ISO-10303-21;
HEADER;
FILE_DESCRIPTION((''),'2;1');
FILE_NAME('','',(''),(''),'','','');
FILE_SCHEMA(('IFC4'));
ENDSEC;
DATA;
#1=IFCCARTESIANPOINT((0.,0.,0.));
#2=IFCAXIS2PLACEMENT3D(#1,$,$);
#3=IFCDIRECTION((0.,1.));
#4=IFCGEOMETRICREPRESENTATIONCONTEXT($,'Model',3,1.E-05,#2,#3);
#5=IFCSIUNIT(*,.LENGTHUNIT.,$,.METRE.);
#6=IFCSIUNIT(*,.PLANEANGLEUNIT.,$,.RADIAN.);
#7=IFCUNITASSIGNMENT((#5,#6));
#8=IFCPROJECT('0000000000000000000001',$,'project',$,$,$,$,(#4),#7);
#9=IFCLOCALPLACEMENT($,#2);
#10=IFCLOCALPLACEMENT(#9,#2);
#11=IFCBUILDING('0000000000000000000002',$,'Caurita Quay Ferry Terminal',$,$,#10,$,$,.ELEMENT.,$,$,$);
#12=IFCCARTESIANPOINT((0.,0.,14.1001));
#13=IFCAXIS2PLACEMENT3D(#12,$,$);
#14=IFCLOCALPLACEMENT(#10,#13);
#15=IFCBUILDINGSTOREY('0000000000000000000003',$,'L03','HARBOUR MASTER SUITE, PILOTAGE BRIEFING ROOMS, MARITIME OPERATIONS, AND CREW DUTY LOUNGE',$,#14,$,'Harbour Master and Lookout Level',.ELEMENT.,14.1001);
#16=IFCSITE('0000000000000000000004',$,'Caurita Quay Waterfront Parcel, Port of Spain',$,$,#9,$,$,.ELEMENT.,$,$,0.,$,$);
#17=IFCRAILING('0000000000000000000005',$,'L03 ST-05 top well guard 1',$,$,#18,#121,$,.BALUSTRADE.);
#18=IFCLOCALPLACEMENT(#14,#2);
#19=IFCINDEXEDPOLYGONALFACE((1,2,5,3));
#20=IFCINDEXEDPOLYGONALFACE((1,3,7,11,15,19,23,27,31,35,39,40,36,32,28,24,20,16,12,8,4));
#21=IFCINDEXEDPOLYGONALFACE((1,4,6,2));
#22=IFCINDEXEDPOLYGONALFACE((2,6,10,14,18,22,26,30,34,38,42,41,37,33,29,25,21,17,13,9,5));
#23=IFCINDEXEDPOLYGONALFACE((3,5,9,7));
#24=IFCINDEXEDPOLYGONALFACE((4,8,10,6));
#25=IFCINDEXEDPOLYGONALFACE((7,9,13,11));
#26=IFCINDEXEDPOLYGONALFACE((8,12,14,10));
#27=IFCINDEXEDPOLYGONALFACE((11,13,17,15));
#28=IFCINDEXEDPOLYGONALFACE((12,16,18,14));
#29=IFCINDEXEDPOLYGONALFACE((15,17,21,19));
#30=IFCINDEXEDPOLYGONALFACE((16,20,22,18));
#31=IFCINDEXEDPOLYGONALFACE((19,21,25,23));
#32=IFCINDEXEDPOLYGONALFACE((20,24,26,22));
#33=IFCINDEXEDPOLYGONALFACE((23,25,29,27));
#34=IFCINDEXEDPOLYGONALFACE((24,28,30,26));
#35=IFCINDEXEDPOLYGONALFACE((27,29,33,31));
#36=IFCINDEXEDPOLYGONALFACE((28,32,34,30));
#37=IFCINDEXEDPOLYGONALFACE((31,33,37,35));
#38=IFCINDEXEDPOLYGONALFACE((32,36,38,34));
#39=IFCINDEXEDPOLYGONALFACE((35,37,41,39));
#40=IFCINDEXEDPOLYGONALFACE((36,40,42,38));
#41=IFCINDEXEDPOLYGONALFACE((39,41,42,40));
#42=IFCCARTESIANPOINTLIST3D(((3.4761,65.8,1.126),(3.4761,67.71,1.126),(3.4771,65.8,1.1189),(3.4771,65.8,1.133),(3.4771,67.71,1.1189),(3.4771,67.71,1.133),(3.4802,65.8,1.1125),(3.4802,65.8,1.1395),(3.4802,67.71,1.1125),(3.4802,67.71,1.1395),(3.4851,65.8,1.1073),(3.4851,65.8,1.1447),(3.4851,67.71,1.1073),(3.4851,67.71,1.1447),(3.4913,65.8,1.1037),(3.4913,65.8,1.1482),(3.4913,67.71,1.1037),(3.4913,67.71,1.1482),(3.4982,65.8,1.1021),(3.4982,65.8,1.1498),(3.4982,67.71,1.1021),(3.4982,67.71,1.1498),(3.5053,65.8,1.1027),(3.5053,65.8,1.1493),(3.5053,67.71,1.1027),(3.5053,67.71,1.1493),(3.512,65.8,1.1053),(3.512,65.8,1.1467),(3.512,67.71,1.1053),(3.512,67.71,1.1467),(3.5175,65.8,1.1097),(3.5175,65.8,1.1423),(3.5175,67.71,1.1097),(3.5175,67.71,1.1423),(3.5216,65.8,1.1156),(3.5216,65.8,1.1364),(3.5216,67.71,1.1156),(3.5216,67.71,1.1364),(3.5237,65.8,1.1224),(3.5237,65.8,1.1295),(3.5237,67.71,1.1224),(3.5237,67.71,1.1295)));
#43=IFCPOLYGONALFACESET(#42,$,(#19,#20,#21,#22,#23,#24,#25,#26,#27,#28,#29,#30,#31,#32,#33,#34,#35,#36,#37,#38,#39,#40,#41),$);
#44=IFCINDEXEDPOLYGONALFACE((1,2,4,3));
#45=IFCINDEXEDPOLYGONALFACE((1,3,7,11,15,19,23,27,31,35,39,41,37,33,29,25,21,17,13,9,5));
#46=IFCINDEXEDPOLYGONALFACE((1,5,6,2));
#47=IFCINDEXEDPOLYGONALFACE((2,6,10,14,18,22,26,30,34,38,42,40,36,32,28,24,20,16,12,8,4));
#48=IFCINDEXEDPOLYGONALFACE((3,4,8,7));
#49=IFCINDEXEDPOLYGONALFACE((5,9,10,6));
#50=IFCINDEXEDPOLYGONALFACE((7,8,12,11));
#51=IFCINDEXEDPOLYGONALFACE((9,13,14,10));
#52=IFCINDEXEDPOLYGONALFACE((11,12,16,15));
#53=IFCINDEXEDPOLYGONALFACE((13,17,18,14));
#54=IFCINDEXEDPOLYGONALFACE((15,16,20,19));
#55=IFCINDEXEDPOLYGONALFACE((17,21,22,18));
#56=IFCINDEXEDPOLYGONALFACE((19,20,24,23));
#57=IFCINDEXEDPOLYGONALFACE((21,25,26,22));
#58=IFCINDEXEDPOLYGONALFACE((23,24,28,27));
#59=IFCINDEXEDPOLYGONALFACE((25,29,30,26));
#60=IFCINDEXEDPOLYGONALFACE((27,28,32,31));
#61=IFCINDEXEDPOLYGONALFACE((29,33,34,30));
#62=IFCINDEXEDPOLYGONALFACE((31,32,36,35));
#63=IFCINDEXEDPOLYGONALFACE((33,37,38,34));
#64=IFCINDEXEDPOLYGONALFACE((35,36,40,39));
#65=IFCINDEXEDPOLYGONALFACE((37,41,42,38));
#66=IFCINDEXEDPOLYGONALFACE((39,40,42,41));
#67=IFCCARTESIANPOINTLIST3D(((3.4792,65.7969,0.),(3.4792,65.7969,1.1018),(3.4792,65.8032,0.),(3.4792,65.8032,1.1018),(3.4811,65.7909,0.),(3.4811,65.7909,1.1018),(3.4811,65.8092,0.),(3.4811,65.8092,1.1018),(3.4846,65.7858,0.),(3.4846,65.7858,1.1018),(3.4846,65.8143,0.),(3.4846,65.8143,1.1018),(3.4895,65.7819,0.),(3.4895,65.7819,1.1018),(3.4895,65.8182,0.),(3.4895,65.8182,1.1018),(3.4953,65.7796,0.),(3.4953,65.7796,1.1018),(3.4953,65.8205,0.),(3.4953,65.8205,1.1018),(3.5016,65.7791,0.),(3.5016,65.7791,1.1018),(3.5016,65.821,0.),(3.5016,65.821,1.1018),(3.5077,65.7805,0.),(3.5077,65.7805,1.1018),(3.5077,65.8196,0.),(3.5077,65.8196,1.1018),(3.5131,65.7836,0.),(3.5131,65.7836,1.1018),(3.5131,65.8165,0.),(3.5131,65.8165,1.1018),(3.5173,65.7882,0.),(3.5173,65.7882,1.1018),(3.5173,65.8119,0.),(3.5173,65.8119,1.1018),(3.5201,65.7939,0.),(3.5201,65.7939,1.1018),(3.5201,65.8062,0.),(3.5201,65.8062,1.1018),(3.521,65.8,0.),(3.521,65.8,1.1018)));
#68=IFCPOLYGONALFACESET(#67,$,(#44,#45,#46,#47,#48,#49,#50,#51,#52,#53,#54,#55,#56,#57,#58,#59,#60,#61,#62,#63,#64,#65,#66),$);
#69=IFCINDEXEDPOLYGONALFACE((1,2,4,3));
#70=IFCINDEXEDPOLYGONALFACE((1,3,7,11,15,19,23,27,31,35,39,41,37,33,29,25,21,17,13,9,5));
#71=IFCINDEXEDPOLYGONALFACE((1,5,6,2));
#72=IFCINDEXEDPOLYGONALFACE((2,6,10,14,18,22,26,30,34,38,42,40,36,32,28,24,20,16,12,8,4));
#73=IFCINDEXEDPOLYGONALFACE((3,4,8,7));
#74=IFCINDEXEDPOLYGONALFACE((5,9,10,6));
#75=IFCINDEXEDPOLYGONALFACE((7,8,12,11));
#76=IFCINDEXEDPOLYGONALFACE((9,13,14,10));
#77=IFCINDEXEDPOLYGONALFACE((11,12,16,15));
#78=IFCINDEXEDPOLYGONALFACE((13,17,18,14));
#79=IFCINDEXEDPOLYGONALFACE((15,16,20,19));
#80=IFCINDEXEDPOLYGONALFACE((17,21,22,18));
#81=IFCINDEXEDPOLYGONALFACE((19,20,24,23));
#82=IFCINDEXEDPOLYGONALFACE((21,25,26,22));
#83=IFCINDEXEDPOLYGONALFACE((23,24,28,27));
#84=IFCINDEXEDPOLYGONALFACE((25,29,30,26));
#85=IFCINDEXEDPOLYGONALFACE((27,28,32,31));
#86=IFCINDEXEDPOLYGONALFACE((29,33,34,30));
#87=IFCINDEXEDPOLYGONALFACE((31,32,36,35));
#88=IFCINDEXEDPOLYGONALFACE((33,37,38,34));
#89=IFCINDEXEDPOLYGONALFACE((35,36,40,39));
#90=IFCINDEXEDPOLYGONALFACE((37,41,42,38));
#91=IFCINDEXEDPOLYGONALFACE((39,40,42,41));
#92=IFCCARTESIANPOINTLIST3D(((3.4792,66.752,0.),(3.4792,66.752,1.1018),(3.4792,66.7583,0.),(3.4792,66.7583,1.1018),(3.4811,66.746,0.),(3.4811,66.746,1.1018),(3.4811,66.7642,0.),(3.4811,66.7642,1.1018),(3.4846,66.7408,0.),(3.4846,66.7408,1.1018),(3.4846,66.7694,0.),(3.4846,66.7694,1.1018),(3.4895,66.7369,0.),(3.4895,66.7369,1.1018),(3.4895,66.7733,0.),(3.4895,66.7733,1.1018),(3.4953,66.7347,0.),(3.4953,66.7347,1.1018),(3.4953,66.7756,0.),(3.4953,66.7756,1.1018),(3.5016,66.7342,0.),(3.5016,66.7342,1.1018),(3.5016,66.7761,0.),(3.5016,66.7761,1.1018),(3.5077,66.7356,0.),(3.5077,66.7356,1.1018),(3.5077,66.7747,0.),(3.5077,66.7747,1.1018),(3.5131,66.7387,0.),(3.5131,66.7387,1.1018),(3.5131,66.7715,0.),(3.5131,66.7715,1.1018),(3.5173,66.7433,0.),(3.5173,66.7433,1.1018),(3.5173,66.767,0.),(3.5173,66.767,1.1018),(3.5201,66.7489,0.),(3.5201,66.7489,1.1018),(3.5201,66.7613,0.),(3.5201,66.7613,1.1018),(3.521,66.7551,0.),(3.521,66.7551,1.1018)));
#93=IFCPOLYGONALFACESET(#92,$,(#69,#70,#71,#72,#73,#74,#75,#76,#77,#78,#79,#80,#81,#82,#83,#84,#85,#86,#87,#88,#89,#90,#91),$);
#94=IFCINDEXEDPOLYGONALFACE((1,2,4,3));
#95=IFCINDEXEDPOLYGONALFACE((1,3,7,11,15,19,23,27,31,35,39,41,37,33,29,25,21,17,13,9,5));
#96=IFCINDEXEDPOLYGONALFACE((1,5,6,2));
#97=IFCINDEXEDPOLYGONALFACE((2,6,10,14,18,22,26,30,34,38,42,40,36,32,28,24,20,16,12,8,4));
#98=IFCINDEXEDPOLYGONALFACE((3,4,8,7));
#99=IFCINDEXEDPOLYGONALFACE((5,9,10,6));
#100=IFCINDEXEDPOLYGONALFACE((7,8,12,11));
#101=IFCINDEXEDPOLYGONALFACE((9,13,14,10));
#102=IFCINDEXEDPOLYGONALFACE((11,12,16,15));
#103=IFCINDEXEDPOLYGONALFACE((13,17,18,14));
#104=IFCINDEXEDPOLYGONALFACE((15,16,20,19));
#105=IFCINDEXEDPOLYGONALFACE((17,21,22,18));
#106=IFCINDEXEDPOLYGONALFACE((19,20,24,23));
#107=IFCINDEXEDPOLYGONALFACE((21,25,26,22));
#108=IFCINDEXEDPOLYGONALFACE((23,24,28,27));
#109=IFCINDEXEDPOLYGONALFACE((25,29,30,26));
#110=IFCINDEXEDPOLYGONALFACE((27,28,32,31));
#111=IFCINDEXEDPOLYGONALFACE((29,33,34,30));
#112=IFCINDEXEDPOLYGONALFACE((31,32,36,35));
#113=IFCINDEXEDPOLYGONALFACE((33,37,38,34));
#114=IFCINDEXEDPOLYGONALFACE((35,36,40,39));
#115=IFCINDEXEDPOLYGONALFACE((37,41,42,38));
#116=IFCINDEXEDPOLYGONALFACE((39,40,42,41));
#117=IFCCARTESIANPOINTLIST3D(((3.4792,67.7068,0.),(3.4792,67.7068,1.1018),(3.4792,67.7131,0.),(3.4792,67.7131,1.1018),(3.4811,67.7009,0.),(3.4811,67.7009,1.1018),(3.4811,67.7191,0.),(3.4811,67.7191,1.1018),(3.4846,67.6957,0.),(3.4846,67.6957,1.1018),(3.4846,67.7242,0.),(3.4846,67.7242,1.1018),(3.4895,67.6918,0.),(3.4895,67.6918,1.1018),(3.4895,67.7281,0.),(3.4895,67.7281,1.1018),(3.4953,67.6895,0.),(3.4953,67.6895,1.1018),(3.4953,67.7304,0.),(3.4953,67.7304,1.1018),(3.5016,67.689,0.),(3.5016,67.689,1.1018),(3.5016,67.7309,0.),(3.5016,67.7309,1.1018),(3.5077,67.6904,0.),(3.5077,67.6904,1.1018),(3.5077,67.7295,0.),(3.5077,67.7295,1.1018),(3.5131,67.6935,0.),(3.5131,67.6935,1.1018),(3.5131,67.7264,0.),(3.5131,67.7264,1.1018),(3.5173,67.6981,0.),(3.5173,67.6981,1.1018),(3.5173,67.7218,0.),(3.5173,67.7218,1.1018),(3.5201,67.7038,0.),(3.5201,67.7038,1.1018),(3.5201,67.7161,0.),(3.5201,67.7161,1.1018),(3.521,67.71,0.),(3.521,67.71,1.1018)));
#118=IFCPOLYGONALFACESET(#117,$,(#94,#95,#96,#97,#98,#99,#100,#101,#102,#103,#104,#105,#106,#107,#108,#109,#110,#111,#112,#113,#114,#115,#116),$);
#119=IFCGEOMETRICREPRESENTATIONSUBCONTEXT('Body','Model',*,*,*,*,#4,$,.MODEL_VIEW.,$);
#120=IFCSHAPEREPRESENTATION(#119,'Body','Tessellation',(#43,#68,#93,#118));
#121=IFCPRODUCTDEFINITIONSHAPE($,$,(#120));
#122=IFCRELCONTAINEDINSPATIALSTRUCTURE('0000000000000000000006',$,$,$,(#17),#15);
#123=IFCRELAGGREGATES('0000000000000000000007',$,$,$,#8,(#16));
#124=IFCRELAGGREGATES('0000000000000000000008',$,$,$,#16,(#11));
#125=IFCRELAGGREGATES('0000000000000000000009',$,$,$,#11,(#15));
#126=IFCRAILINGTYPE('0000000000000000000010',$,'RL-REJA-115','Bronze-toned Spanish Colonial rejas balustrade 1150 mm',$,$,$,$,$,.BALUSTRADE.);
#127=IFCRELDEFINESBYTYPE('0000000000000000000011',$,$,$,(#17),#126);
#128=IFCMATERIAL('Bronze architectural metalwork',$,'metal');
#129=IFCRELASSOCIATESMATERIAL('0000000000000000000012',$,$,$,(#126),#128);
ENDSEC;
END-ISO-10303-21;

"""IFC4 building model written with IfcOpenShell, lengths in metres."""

from ifc_helpers import new_model, si_unit, direction, frame, origin, origin_2d, place, context, subcontext, project, spatial, circle, extrude, material, type_object, element, save


model = new_model("IFC4")

# Units and contexts
model_context = context("Model", 3, precision=1e-05, world=origin(), true_north=direction((0.0, 1.0)))
body_context = subcontext(model_context, "Body", "Model", "MODEL_VIEW")
ifc_project = project(units=[si_unit("LENGTHUNIT", "METRE"), si_unit("PLANEANGLEUNIT", "RADIAN")], contexts=[model_context])

# Site, building, storey
site_placement = place(None, origin())
site = spatial("IfcSite", under=ifc_project, at=site_placement, Name="Caurita Quay Waterfront Parcel, Port of Spain", CompositionType="ELEMENT", RefElevation=0.0)
building_placement = place(site_placement, origin())
building = spatial("IfcBuilding", under=site, at=building_placement, Name="Caurita Quay Ferry Terminal", CompositionType="ELEMENT")
storey_placement = place(building_placement, frame((0.0, 0.0, 14.1001)))
storey = spatial("IfcBuildingStorey", under=building, at=storey_placement, Name="L03", Description="HARBOUR MASTER SUITE, PILOTAGE BRIEFING ROOMS, MARITIME OPERATIONS, AND CREW DUTY LOUNGE", LongName="Harbour Master and Lookout Level", CompositionType="ELEMENT", Elevation=14.1001)

# Railing
ifc_material_1 = material(Name="Bronze architectural metalwork", Category="metal")
railing_type_1 = type_object("IfcRailingType", Name="RL-REJA-115", Description="Bronze-toned Spanish Colonial rejas balustrade 1150 mm", PredefinedType="BALUSTRADE", material=ifc_material_1)
railing_1_placement = place(storey_placement, frame((3.5, 65.8, 0.0)))
element("IfcRailing", 1, at=railing_1_placement, inside=storey, type_object=railing_type_1, Name="L03 ST-05 top well guard 1", PredefinedType="BALUSTRADE", context=body_context, shape_type="SweptSolid", body=[
    extrude(circle(Radius=0.0239, at=origin_2d()), frame((0.0, 0.0, 1.126), z_axis=(0.0, 1.0, 0.0), x_axis=(-1.0, 0.0, 0.0)), (0.0, 0.0, 1.0), 1.9099),
    extrude(circle(Radius=0.021, at=origin_2d()), origin(), (0.0, 0.0, 1.0), 1.1018),
    extrude(circle(Radius=0.021, at=origin_2d()), frame((0.0, 0.9551, 0.0)), (0.0, 0.0, 1.0), 1.1018),
    extrude(circle(Radius=0.021, at=origin_2d()), frame((0.0, 1.9099, 0.0)), (0.0, 0.0, 1.0), 1.1018),
])

save(model, "model.ifc")
